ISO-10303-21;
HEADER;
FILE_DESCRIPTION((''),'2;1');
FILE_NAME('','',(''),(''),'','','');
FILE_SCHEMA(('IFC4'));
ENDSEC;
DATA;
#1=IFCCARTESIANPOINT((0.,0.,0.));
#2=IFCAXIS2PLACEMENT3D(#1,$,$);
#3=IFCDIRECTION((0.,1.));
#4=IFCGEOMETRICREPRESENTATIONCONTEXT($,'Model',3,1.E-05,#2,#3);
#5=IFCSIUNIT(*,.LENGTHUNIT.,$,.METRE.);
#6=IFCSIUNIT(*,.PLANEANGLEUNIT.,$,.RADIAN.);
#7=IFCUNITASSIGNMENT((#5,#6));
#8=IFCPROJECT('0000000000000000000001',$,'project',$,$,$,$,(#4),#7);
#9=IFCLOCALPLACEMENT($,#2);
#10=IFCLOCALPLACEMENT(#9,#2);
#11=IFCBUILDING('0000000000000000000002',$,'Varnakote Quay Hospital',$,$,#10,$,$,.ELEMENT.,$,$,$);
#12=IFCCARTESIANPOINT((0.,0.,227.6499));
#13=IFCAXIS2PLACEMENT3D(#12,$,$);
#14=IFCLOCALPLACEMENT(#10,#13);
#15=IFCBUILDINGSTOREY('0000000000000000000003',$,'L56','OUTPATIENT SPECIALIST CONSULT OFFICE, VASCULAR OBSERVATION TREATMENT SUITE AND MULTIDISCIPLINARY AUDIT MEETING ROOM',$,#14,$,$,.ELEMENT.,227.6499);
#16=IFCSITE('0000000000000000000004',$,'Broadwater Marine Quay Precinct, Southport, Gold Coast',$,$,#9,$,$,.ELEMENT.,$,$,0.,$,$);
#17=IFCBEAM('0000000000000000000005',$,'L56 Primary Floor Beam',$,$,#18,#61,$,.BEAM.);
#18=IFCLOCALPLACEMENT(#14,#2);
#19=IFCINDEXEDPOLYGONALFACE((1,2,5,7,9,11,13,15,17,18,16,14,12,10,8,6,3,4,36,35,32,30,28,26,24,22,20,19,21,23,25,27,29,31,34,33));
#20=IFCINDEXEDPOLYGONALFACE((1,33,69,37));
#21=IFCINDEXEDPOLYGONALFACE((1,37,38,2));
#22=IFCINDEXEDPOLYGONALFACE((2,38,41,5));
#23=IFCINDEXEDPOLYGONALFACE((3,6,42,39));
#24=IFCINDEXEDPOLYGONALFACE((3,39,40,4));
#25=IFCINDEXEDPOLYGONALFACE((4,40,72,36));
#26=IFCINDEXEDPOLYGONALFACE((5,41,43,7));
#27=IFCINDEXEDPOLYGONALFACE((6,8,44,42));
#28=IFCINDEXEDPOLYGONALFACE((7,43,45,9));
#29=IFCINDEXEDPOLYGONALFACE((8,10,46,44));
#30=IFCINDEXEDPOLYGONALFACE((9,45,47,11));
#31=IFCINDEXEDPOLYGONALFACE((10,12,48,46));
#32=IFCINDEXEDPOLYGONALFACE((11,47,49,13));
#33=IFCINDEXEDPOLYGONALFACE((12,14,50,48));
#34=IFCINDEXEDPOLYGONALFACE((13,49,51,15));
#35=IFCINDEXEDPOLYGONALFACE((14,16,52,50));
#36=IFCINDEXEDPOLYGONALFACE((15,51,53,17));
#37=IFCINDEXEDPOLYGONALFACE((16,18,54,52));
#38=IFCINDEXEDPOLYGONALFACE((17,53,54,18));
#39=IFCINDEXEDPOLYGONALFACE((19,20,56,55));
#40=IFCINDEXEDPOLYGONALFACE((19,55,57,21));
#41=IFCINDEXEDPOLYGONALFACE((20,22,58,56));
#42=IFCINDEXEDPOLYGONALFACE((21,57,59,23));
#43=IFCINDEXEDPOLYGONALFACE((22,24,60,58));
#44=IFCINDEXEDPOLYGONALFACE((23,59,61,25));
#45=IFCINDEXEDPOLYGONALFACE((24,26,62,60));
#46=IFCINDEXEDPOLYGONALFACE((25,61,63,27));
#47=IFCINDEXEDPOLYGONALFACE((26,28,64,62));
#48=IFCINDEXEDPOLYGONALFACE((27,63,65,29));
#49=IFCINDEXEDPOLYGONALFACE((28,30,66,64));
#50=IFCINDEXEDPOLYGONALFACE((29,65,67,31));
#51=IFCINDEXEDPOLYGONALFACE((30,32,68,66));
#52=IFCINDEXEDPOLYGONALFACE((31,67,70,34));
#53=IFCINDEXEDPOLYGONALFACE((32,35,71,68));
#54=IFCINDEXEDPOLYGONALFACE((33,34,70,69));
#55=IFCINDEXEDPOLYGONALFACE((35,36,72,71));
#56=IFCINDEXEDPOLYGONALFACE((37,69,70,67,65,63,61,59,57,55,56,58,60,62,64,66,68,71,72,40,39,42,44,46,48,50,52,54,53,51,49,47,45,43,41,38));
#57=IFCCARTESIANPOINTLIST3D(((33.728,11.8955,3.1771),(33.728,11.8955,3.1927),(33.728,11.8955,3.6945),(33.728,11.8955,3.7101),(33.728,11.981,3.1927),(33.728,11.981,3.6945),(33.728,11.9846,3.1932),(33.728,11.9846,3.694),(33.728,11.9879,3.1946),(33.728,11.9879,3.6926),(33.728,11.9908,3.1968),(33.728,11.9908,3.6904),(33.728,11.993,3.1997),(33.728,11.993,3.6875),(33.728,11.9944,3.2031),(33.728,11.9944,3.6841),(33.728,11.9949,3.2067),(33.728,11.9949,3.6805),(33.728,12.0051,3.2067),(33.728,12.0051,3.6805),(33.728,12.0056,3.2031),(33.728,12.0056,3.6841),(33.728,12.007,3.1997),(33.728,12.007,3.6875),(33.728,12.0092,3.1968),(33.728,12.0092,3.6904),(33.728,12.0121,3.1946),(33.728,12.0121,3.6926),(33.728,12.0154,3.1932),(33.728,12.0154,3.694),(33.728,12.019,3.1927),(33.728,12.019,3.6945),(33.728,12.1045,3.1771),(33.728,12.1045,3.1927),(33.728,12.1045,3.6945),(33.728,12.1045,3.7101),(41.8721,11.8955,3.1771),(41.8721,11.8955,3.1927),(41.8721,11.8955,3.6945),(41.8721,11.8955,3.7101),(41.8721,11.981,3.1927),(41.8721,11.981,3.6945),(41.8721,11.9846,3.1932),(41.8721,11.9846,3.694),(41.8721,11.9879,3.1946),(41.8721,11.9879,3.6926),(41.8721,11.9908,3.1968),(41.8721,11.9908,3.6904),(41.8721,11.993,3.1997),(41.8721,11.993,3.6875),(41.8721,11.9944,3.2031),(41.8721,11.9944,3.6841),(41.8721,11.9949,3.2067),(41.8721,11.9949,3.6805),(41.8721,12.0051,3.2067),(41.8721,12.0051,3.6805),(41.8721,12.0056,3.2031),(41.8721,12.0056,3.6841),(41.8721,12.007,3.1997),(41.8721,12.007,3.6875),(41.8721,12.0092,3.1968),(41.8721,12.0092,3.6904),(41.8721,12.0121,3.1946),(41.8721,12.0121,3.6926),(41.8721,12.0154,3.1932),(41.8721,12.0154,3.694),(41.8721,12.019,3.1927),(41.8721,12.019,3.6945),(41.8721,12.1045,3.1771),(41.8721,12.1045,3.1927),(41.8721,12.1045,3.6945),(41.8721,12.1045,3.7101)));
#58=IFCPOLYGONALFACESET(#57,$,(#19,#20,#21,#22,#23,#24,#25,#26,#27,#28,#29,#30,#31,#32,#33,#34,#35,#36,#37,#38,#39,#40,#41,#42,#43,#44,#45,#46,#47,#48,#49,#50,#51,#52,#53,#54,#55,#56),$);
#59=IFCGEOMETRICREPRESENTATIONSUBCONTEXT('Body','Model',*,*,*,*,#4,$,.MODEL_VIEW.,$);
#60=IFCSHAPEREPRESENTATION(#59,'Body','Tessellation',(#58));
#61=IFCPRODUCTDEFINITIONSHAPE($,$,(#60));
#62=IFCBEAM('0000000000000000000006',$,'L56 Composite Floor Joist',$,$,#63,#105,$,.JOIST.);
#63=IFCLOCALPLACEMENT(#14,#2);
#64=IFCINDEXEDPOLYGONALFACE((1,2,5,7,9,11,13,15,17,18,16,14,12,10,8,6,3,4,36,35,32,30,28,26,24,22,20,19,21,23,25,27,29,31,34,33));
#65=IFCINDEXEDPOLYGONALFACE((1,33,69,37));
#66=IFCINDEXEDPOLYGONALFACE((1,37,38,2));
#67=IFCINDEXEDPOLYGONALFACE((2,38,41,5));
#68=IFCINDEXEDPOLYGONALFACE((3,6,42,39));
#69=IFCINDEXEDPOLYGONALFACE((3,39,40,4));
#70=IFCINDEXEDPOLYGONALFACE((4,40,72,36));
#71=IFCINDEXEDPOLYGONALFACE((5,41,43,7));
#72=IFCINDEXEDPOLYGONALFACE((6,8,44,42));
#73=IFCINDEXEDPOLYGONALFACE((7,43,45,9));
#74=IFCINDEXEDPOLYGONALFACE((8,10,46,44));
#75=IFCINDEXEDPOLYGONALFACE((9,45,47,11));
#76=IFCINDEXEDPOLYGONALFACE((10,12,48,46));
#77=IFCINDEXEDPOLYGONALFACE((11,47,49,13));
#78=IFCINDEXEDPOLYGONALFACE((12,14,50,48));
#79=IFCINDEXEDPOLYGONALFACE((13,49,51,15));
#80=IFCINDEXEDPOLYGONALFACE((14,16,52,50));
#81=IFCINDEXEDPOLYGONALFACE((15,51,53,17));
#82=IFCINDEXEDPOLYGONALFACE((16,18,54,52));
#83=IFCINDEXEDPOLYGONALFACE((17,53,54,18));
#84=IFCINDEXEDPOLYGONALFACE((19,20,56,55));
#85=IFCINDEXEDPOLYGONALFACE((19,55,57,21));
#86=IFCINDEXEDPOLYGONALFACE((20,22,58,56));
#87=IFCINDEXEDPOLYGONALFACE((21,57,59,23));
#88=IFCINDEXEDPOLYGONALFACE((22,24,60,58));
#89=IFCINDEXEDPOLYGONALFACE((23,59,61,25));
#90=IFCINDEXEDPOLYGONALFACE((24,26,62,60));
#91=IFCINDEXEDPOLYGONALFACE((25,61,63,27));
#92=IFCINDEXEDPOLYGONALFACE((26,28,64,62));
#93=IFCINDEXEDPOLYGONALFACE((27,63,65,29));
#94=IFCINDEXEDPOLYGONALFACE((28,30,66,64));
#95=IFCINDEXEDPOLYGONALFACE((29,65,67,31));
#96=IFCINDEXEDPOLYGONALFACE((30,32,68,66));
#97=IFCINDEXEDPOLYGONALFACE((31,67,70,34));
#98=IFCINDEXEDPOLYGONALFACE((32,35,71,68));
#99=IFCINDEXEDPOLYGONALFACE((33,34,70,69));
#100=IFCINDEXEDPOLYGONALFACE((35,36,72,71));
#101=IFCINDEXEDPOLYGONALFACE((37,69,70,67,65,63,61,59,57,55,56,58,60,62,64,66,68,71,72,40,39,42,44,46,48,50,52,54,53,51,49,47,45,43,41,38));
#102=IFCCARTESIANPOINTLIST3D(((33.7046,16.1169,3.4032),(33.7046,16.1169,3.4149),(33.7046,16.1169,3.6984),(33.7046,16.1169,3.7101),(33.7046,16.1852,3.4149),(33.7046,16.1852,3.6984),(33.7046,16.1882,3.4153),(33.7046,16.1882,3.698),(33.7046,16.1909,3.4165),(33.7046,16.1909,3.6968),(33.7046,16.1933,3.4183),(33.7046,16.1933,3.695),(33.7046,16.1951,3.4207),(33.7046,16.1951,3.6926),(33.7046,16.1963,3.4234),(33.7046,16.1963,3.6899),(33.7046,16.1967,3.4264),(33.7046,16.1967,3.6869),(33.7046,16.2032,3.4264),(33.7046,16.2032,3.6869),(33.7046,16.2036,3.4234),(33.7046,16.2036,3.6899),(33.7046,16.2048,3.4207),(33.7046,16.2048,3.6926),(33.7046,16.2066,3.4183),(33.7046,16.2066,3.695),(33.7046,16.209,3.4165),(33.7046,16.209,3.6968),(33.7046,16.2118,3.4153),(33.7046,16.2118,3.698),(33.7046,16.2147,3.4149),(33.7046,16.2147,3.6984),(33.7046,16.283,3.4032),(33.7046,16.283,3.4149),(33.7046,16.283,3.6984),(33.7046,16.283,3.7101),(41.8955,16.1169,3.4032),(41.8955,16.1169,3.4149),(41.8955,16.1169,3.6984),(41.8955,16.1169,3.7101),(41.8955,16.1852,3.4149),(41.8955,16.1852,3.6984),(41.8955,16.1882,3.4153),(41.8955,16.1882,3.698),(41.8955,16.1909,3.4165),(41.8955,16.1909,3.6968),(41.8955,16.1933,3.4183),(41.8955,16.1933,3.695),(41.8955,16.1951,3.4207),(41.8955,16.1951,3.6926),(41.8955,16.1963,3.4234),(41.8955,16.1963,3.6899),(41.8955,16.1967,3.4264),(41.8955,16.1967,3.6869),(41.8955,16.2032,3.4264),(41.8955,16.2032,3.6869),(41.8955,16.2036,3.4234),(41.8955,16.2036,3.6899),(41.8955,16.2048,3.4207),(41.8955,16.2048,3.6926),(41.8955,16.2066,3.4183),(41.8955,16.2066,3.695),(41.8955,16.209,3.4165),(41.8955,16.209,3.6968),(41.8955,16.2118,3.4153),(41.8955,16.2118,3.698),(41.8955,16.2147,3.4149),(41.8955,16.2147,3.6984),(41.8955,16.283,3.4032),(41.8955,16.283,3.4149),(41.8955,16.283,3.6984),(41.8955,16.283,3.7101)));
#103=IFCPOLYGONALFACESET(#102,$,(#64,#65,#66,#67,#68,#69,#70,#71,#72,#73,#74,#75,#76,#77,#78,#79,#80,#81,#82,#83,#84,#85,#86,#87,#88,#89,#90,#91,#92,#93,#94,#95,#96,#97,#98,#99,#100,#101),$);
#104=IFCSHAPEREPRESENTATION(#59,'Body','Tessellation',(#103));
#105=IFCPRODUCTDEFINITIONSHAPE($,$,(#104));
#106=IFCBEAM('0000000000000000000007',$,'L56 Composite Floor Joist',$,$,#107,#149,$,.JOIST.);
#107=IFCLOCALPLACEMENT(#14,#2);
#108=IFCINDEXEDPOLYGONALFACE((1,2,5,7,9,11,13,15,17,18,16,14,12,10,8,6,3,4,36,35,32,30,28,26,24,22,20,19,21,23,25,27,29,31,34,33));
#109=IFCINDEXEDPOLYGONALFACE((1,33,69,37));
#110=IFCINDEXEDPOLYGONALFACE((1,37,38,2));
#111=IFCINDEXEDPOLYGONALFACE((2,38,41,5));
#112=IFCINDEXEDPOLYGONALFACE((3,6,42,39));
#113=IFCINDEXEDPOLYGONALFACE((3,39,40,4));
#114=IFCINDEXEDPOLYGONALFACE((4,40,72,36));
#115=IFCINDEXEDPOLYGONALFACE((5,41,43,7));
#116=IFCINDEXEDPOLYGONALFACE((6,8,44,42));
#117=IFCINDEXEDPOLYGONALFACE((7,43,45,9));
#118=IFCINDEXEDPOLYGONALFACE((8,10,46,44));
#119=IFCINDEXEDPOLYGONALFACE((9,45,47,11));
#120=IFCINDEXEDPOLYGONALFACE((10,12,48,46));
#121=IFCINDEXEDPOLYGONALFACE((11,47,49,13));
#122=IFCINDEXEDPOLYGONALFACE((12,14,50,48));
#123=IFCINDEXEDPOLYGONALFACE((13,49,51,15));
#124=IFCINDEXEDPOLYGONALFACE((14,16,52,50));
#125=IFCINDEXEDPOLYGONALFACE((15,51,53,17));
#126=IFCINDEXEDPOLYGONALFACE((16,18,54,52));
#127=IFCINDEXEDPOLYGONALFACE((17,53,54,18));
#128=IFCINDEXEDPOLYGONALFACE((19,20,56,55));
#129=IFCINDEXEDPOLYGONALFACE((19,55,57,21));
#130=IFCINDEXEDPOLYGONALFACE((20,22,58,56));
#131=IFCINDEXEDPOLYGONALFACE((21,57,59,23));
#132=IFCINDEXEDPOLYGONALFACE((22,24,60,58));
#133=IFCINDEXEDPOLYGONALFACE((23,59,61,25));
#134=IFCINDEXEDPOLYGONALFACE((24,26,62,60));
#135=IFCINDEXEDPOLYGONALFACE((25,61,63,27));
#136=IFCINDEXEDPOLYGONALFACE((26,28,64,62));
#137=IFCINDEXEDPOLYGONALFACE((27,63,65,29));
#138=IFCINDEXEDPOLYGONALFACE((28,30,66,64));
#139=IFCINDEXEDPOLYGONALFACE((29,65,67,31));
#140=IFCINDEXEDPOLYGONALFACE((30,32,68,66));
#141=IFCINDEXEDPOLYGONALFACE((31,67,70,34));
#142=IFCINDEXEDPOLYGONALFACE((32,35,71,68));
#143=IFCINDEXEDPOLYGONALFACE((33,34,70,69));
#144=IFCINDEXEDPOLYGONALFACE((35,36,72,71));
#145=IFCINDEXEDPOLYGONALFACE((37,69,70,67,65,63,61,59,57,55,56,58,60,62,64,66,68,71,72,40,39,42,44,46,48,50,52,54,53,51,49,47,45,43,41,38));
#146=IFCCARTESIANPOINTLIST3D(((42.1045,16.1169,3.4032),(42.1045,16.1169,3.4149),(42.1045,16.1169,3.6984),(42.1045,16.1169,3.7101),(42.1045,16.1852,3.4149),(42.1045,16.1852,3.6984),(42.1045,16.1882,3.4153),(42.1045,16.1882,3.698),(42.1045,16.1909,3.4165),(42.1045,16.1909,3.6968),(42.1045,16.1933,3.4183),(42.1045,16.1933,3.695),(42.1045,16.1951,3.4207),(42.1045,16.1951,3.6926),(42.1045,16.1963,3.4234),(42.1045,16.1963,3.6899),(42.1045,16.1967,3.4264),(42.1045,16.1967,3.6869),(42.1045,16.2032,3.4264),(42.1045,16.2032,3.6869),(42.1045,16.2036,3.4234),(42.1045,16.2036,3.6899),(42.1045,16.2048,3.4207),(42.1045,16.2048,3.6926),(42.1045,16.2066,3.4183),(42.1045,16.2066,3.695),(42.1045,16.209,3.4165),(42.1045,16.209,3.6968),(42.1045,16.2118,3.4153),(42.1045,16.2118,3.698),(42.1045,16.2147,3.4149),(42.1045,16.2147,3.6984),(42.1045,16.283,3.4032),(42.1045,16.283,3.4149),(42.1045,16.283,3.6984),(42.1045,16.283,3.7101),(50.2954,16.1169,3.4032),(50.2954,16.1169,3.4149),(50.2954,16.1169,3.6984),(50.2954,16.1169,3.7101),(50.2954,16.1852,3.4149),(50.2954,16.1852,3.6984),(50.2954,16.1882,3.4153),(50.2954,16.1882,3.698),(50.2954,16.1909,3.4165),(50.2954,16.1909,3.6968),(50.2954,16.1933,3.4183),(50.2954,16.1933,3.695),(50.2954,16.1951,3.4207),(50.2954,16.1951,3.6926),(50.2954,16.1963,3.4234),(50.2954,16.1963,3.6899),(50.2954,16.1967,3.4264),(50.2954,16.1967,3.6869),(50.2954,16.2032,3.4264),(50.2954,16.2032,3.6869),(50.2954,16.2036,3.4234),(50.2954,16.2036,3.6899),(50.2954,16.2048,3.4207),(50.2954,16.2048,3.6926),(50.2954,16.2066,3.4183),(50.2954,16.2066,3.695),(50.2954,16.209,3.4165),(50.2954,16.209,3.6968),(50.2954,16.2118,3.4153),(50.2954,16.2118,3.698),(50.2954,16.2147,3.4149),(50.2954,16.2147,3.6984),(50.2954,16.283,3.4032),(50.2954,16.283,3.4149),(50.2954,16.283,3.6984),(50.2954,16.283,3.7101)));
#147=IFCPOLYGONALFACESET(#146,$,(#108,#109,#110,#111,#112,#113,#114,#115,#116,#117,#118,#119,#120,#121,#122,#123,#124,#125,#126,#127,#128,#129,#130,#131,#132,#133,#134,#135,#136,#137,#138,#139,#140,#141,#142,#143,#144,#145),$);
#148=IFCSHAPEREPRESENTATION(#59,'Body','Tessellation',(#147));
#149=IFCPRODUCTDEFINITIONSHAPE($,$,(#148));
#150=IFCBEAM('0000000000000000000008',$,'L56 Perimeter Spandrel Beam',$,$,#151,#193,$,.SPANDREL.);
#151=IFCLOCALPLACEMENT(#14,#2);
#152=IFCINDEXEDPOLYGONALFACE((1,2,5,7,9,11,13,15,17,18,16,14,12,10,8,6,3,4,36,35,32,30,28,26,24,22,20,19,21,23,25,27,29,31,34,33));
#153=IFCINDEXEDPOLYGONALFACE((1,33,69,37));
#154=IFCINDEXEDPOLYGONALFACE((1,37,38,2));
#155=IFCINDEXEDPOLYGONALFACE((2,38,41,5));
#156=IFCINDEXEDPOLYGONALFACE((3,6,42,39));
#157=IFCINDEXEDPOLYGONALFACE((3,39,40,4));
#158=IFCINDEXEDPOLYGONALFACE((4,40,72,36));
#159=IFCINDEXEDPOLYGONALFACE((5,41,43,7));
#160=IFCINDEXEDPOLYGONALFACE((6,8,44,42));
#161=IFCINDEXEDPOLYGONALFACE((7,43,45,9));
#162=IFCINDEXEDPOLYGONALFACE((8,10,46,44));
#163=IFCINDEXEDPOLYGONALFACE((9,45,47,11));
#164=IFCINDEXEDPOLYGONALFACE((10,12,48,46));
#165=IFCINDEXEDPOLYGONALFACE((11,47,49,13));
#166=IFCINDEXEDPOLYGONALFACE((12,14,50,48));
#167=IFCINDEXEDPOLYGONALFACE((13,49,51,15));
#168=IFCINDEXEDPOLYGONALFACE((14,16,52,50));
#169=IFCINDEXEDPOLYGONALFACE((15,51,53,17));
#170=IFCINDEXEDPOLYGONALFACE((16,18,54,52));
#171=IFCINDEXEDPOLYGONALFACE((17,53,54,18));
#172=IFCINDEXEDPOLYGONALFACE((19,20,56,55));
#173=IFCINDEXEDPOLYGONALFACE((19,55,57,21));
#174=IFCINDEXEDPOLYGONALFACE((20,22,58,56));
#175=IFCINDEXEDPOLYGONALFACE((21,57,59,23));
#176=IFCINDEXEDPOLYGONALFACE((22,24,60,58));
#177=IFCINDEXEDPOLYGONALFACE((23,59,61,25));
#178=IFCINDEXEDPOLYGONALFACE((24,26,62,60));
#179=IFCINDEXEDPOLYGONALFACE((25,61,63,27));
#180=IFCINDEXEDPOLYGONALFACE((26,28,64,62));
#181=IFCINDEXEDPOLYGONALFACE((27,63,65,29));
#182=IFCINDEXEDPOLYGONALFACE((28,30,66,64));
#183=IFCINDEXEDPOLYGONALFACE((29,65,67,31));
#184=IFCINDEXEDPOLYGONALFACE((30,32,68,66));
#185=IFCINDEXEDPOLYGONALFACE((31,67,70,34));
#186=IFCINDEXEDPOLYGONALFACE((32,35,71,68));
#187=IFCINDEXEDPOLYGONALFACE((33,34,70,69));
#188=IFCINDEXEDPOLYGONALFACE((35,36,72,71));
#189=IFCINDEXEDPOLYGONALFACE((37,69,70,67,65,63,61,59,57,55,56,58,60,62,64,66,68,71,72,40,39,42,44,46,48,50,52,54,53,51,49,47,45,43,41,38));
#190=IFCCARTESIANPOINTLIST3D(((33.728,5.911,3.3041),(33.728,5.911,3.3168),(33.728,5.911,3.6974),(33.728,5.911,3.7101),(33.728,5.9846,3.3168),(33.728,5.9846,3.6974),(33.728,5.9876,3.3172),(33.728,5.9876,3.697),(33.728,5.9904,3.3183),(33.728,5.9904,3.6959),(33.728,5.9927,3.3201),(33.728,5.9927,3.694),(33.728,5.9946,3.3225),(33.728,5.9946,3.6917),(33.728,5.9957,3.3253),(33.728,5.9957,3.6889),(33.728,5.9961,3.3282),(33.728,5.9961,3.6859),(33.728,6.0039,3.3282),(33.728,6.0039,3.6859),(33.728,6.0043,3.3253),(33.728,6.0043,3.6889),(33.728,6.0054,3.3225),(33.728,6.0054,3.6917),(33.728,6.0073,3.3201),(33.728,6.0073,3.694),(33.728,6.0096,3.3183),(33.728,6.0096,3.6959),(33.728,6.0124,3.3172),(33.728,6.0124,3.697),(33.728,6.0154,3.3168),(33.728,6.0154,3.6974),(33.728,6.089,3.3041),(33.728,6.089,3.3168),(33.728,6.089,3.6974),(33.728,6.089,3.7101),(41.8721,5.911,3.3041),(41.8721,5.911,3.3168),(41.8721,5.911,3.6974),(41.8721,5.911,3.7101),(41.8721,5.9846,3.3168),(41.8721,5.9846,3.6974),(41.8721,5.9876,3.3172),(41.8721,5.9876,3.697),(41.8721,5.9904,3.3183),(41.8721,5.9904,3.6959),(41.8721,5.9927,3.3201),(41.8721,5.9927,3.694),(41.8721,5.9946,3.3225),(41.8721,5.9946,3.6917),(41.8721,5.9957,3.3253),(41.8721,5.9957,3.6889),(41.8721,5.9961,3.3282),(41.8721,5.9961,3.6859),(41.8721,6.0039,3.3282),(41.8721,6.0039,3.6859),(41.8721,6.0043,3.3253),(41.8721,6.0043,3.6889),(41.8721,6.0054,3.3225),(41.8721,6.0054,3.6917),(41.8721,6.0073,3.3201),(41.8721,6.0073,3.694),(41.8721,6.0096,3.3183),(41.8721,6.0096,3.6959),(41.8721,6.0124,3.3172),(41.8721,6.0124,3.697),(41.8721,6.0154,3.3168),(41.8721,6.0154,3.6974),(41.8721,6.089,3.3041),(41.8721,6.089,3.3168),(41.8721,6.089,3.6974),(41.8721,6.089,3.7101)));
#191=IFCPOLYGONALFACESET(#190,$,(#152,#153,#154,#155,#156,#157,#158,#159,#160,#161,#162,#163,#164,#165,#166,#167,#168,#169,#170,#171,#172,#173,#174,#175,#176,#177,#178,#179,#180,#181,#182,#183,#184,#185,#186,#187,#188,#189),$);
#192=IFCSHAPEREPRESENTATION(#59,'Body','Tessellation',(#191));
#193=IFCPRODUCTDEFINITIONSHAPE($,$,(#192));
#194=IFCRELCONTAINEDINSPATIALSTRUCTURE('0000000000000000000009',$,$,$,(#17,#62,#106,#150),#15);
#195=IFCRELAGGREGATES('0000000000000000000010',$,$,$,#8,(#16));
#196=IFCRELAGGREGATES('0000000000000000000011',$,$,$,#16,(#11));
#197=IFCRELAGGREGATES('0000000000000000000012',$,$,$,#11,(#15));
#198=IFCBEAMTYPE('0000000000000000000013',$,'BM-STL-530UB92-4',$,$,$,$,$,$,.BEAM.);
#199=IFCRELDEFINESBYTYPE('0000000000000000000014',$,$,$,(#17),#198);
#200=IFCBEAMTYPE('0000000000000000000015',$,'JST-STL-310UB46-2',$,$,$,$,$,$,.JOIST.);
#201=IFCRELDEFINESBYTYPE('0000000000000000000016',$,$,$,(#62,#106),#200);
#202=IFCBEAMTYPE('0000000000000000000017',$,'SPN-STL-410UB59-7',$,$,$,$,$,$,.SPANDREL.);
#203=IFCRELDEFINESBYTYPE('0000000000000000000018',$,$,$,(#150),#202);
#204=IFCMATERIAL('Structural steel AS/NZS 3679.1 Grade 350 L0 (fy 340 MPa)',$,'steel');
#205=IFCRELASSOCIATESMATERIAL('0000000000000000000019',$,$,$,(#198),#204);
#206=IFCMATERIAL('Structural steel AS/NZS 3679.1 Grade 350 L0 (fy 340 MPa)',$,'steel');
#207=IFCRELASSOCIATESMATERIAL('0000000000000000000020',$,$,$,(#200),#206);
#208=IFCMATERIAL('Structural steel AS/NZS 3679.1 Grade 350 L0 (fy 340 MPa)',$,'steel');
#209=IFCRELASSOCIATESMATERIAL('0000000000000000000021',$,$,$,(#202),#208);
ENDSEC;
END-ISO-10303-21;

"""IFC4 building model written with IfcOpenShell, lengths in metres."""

from ifc_helpers import new_model, si_unit, direction, frame, origin, origin_2d, place, context, subcontext, project, spatial, i_section, extrude, material, material_profile, profile_set, type_object, element, save


model = new_model("IFC4")

# Units and contexts
model_context = context("Model", 3, precision=1e-05, world=origin(), true_north=direction((0.0, 1.0)))
body_context = subcontext(model_context, "Body", "Model", "MODEL_VIEW")
ifc_project = project(units=[si_unit("LENGTHUNIT", "METRE"), si_unit("PLANEANGLEUNIT", "RADIAN")], contexts=[model_context])

# Site, building, storey
site_placement = place(None, origin())
site = spatial("IfcSite", under=ifc_project, at=site_placement, Name="Broadwater Marine Quay Precinct, Southport, Gold Coast", CompositionType="ELEMENT", RefElevation=0.0)
building_placement = place(site_placement, origin())
building = spatial("IfcBuilding", under=site, at=building_placement, Name="Varnakote Quay Hospital", CompositionType="ELEMENT")
storey_placement = place(building_placement, frame((0.0, 0.0, 227.6499)))
storey = spatial("IfcBuildingStorey", under=building, at=storey_placement, Name="L56", Description="OUTPATIENT SPECIALIST CONSULT OFFICE, VASCULAR OBSERVATION TREATMENT SUITE AND MULTIDISCIPLINARY AUDIT MEETING ROOM", CompositionType="ELEMENT", Elevation=227.6499)

# Beams
ifc_material_1 = material(Name="Structural steel AS/NZS 3679.1 Grade 350 L0 (fy 340 MPa)", Category="steel")
ifc_material_profile_1 = material_profile(ifc_material_1, i_section(OverallWidth=0.209, OverallDepth=0.533, WebThickness=0.0103, FlangeThickness=0.0156, FilletRadius=0.0139, at=origin_2d()), Name="530UB92.4")
ifc_profile_set_1 = profile_set([ifc_material_profile_1], Name="Structural steel AS/NZS 3679.1 Grade 350 L0 (fy 340 MPa)")
beam_type_1 = type_object("IfcBeamType", Name="BM-STL-530UB92-4", PredefinedType="BEAM", material=ifc_profile_set_1)
beam_1_placement = place(storey_placement, frame((33.728, 12.0, 3.4436), z_axis=(1.0, 0.0, 0.0), x_axis=(0.0, 1.0, 0.0)))
element("IfcBeam", 1, at=beam_1_placement, inside=storey, type_object=beam_type_1, Name="L56 Primary Floor Beam", PredefinedType="BEAM", context=body_context, shape_type="SweptSolid", body=[
    extrude(i_section(OverallWidth=0.209, OverallDepth=0.533, WebThickness=0.0103, FlangeThickness=0.0156, FilletRadius=0.0139, at=origin_2d()), origin(), (0.0, 0.0, 1.0), 8.144),
])
ifc_material_2 = material(Name="Structural steel AS/NZS 3679.1 Grade 350 L0 (fy 340 MPa)", Category="steel")
ifc_material_profile_2 = material_profile(ifc_material_2, i_section(OverallWidth=0.166, OverallDepth=0.3069, WebThickness=0.0066, FlangeThickness=0.0117, FilletRadius=0.0115, at=origin_2d()), Name="310UB46.2")
ifc_profile_set_2 = profile_set([ifc_material_profile_2], Name="Structural steel AS/NZS 3679.1 Grade 350 L0 (fy 340 MPa)")
beam_type_2 = type_object("IfcBeamType", Name="JST-STL-310UB46-2", PredefinedType="JOIST", material=ifc_profile_set_2)
for number, where, z_axis, x_axis, name in (
    (2, (33.7046, 16.2, 3.5566), (1.0, 0.0, 0.0), (0.0, 1.0, 0.0), "L56 Composite Floor Joist"),
    (3, (42.1045, 16.2, 3.5566), (1.0, 0.0, 0.0), (0.0, 1.0, 0.0), "L56 Composite Floor Joist"),
):
    element("IfcBeam", number, at=place(storey_placement, frame(where, z_axis=z_axis, x_axis=x_axis)), inside=storey, type_object=beam_type_2, Name=name, PredefinedType="JOIST", context=body_context, shape_type="SweptSolid", body=[
        extrude(i_section(OverallWidth=0.166, OverallDepth=0.3069, WebThickness=0.0066, FlangeThickness=0.0117, FilletRadius=0.0115, at=origin_2d()), origin(), (0.0, 0.0, 1.0), 8.1909),
    ])
ifc_material_3 = material(Name="Structural steel AS/NZS 3679.1 Grade 350 L0 (fy 340 MPa)", Category="steel")
ifc_material_profile_3 = material_profile(ifc_material_3, i_section(OverallWidth=0.178, OverallDepth=0.406, WebThickness=0.0078, FlangeThickness=0.0127, FilletRadius=0.0115, at=origin_2d()), Name="410UB59.7")
ifc_profile_set_3 = profile_set([ifc_material_profile_3], Name="Structural steel AS/NZS 3679.1 Grade 350 L0 (fy 340 MPa)")
beam_type_3 = type_object("IfcBeamType", Name="SPN-STL-410UB59-7", PredefinedType="SPANDREL", material=ifc_profile_set_3)
beam_2_placement = place(storey_placement, frame((33.728, 6.0, 3.5071), z_axis=(1.0, 0.0, 0.0), x_axis=(0.0, 1.0, 0.0)))
element("IfcBeam", 4, at=beam_2_placement, inside=storey, type_object=beam_type_3, Name="L56 Perimeter Spandrel Beam", PredefinedType="SPANDREL", context=body_context, shape_type="SweptSolid", body=[
    extrude(i_section(OverallWidth=0.178, OverallDepth=0.406, WebThickness=0.0078, FlangeThickness=0.0127, FilletRadius=0.0115, at=origin_2d()), origin(), (0.0, 0.0, 1.0), 8.144),
])

save(model, "model.ifc")
